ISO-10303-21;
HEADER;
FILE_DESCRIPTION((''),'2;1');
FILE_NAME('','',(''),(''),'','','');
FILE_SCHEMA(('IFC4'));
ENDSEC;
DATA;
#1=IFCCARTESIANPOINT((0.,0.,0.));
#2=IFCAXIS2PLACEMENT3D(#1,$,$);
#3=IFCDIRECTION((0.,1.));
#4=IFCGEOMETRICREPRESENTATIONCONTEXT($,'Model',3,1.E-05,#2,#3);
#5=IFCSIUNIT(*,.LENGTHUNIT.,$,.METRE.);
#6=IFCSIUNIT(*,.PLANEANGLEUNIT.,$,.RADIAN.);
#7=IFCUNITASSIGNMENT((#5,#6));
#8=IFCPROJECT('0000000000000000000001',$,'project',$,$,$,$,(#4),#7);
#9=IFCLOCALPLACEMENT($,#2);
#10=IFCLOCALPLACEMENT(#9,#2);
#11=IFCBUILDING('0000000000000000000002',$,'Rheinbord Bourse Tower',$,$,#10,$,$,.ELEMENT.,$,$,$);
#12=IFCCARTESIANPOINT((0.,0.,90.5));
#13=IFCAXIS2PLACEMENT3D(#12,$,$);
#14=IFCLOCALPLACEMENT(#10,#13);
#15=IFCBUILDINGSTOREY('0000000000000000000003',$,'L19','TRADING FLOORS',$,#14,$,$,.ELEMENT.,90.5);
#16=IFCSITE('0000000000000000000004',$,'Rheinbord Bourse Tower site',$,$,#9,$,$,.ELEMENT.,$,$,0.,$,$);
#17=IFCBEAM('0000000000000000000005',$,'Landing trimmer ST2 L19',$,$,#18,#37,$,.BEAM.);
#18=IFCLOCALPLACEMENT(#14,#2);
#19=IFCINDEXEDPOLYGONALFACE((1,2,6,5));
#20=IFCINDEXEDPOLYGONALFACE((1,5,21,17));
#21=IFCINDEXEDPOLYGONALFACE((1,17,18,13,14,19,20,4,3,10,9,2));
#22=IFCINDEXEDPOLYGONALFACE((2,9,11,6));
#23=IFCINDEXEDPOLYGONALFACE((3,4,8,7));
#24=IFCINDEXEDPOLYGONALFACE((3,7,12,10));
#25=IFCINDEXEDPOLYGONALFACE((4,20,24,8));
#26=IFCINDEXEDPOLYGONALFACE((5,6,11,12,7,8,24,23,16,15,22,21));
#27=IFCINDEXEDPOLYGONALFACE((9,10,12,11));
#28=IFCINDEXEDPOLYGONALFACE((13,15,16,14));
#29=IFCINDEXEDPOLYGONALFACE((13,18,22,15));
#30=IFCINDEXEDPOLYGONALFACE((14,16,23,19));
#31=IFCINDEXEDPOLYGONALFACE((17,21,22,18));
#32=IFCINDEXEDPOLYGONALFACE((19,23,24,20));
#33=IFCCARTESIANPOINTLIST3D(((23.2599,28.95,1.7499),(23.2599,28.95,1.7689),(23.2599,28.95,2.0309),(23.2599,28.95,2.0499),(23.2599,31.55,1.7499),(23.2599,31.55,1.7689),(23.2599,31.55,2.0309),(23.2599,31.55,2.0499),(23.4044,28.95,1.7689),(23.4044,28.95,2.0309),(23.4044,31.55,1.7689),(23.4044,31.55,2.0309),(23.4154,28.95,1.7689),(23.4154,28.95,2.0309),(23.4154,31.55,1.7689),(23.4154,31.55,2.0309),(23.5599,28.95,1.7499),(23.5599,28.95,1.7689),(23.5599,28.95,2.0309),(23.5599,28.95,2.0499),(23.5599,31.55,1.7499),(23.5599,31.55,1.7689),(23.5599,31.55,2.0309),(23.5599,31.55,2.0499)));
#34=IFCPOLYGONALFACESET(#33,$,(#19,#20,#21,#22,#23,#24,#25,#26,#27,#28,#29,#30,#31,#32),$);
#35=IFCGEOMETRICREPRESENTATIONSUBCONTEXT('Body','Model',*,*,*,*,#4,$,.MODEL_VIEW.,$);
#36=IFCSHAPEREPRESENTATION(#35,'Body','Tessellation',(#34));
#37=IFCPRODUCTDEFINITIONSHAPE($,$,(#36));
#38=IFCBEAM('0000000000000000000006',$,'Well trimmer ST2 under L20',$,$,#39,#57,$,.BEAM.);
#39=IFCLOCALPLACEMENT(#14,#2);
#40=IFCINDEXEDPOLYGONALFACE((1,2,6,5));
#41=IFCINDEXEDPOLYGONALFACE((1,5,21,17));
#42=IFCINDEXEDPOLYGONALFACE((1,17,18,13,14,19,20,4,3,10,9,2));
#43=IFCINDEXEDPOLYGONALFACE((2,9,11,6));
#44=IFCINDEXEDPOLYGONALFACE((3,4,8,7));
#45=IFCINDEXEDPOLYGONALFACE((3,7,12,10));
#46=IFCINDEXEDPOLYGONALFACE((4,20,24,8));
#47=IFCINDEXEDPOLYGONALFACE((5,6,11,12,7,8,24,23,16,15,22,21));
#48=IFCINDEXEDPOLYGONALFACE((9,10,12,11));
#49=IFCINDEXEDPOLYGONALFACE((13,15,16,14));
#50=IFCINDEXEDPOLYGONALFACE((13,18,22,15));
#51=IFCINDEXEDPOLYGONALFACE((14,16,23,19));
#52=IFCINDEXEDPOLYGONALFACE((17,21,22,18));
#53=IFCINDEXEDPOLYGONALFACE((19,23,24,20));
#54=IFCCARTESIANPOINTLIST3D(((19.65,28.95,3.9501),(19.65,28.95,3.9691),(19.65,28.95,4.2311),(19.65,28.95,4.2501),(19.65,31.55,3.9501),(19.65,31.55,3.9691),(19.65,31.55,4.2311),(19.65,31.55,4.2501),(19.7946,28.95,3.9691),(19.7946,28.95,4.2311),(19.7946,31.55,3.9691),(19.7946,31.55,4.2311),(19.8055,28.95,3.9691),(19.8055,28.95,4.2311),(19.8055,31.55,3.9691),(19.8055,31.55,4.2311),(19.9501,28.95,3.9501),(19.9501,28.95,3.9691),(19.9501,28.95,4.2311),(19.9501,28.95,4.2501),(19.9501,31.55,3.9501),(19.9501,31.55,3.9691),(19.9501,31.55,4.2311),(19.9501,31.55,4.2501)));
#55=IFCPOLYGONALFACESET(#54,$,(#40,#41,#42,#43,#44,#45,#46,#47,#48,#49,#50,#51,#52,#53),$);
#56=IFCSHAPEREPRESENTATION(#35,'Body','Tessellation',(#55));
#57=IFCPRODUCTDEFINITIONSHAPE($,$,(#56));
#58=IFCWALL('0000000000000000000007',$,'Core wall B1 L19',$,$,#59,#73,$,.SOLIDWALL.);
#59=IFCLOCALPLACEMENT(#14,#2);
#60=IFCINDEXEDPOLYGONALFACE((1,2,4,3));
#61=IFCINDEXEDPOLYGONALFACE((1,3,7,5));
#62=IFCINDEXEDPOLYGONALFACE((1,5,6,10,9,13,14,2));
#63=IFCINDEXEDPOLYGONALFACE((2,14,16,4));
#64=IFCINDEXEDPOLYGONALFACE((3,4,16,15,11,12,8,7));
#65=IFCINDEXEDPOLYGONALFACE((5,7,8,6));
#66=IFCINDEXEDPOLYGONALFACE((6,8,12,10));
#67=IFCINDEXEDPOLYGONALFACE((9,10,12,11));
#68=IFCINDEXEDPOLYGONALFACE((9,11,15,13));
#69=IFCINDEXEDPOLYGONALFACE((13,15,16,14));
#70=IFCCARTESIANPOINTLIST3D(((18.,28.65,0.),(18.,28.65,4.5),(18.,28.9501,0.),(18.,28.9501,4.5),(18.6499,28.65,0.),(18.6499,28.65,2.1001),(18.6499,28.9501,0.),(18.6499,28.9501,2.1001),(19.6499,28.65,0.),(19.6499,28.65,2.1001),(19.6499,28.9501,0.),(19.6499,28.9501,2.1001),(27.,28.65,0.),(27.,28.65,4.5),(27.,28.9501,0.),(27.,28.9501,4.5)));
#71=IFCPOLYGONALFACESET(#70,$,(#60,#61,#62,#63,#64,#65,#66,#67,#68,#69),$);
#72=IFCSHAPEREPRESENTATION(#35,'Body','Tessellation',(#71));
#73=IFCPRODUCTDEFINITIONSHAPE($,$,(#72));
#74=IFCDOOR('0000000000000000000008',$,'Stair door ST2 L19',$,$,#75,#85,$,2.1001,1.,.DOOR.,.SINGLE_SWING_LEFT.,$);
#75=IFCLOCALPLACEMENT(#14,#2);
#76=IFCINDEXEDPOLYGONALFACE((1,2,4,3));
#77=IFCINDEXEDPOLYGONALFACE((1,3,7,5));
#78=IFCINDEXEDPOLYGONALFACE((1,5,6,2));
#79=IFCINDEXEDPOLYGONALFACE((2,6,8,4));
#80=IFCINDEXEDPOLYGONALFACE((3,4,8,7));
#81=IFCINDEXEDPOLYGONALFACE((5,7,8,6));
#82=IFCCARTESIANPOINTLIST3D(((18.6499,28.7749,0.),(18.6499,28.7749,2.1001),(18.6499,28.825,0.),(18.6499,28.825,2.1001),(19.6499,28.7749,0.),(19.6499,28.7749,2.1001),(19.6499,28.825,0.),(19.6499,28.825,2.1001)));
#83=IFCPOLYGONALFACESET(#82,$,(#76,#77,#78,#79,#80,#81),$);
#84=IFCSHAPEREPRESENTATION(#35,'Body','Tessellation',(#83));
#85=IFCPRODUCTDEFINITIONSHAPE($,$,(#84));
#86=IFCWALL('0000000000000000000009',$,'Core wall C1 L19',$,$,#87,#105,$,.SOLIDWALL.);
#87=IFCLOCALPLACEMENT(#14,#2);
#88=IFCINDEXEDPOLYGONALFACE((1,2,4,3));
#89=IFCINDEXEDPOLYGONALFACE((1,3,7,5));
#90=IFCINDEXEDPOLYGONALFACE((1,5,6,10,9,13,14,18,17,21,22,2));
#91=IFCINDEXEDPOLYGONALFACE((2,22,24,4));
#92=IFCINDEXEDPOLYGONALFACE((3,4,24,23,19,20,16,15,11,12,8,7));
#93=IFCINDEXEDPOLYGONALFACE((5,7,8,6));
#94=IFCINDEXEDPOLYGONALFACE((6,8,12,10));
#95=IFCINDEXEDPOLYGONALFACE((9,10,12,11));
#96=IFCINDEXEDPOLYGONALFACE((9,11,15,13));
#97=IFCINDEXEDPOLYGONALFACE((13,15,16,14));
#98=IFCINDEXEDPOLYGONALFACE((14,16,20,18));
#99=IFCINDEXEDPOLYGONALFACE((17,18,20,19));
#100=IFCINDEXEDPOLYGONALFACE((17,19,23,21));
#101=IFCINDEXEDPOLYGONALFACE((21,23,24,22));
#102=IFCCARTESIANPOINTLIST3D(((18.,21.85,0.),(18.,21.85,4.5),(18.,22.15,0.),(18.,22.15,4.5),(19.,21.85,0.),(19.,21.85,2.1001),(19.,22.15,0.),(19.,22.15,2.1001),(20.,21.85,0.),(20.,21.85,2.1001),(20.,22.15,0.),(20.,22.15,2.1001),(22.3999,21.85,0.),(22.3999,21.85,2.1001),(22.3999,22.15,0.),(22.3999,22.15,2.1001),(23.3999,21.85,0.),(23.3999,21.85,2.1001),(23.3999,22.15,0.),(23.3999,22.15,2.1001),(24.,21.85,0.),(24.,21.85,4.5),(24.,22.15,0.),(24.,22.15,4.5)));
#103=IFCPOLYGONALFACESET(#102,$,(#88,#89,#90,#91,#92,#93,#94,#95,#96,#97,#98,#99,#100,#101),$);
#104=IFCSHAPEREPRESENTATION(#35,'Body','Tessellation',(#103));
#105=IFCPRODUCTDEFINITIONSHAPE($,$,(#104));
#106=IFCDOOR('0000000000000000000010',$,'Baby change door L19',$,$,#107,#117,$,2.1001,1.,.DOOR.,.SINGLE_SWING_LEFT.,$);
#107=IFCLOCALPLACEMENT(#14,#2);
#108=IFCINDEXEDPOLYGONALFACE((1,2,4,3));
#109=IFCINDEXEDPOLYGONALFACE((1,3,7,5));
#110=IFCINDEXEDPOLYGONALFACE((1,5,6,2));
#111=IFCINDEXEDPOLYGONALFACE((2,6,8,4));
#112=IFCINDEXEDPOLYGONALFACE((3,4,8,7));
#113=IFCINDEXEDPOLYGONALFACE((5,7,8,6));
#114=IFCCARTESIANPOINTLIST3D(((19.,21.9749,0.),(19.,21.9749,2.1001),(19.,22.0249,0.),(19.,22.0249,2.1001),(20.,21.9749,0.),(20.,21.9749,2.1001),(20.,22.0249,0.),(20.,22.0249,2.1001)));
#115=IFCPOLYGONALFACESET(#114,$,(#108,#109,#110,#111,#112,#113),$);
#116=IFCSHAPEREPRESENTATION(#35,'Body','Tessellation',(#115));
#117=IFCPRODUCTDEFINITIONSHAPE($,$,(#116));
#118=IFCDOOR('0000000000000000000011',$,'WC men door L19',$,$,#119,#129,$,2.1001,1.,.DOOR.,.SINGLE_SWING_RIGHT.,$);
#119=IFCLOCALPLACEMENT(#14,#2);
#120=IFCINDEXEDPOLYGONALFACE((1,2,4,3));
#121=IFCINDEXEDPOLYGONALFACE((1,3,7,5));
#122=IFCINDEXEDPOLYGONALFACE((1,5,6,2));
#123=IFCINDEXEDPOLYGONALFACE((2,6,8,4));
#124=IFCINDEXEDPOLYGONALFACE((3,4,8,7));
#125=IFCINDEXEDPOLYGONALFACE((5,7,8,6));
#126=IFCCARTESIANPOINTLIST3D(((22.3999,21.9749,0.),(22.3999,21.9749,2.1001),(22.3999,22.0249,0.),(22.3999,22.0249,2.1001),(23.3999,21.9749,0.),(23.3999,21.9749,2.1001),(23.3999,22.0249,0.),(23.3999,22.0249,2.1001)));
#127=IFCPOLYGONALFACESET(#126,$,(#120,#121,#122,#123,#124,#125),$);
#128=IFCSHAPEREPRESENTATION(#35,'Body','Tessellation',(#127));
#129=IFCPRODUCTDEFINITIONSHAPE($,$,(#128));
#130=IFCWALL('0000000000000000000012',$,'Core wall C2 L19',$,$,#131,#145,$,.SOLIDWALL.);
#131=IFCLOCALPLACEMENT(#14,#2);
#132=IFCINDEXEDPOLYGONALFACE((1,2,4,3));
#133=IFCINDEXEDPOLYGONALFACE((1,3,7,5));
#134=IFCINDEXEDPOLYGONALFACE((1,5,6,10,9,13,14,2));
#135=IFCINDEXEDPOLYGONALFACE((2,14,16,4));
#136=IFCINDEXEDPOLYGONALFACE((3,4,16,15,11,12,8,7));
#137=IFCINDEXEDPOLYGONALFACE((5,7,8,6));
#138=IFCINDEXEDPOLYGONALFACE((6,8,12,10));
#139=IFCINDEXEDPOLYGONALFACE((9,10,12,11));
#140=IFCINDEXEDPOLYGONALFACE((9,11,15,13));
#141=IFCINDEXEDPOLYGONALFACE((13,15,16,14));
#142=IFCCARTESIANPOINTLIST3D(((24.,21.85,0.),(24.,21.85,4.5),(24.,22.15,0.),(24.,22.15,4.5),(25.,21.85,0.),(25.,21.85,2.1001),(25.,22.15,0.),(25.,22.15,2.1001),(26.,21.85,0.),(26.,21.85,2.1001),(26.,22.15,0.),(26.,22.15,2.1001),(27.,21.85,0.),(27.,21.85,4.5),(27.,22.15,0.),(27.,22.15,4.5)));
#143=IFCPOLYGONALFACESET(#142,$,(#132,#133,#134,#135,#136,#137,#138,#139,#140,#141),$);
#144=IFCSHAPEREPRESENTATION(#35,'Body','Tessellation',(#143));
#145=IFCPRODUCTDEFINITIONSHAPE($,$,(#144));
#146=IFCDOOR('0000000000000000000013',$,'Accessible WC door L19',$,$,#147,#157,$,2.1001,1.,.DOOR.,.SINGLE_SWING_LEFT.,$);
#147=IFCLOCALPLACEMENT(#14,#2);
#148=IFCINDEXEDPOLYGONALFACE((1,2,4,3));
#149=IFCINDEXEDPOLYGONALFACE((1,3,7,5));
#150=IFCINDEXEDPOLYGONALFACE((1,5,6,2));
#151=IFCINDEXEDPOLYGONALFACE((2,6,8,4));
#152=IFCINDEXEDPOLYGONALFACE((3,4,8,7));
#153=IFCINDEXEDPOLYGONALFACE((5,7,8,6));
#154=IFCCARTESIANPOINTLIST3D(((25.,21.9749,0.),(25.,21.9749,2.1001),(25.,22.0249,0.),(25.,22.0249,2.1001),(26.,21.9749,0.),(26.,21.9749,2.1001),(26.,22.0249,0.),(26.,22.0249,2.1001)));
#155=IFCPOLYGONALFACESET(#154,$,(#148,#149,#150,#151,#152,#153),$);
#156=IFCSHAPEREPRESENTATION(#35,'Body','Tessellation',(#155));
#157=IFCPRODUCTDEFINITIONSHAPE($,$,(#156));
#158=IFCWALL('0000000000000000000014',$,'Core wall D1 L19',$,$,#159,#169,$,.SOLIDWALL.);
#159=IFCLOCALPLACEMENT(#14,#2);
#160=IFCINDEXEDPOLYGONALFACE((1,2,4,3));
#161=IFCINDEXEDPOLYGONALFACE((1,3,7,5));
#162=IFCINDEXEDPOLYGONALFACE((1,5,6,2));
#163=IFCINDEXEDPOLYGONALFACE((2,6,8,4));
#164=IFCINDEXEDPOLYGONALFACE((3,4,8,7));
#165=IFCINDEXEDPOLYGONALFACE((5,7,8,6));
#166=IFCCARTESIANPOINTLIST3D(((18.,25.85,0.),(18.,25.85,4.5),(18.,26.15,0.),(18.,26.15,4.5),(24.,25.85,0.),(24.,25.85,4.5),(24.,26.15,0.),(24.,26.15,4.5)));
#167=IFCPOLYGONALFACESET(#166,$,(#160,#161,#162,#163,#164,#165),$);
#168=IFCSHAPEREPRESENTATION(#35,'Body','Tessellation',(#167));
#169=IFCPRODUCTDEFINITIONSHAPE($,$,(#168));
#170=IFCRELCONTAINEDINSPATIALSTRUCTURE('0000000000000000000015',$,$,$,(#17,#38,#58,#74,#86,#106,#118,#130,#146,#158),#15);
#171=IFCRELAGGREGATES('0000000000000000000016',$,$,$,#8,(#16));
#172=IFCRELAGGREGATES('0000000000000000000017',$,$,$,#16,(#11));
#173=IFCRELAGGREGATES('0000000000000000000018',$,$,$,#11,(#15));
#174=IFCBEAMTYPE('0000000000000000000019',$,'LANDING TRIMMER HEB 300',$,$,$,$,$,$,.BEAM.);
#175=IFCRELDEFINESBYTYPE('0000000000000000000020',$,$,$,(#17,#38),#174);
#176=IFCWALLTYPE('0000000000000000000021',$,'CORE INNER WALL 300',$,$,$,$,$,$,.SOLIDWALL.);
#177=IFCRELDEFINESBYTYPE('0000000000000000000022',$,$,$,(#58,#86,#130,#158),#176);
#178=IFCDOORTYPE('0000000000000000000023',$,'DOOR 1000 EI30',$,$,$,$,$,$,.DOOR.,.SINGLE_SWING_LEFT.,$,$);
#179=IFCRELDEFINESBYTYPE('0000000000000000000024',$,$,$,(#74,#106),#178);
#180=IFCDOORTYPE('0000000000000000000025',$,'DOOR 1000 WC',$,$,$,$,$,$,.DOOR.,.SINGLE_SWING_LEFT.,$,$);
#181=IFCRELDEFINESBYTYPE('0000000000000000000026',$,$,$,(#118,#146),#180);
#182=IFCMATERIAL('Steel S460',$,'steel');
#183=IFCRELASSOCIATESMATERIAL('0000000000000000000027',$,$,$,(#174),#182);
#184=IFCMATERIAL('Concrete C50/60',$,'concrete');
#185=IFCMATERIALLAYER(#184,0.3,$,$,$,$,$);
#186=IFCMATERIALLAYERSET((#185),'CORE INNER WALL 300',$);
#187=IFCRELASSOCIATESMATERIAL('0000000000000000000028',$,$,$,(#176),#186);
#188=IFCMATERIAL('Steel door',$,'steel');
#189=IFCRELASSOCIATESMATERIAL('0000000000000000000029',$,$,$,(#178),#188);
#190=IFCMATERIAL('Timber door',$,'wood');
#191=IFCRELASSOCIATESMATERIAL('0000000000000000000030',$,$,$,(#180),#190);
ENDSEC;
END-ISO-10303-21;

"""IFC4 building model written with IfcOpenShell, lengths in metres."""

from ifc_helpers import new_model, si_unit, direction, frame, frame_2d, origin, origin_2d, place, context, subcontext, project, spatial, rectangle, i_section, extrude, material, layer, layer_set, material_profile, profile_set, type_object, element, fill, save


model = new_model("IFC4")

# Units and contexts
model_context = context("Model", 3, precision=1e-05, world=origin(), true_north=direction((0.0, 1.0)))
body_context = subcontext(model_context, "Body", "Model", "MODEL_VIEW")
ifc_project = project(units=[si_unit("LENGTHUNIT", "METRE"), si_unit("PLANEANGLEUNIT", "RADIAN")], contexts=[model_context])

# Site, building, storey
site_placement = place(None, origin())
site = spatial("IfcSite", under=ifc_project, at=site_placement, Name="Rheinbord Bourse Tower site", CompositionType="ELEMENT", RefElevation=0.0)
building_placement = place(site_placement, origin())
building = spatial("IfcBuilding", under=site, at=building_placement, Name="Rheinbord Bourse Tower", CompositionType="ELEMENT")
storey_placement = place(building_placement, frame((0.0, 0.0, 90.5)))
storey = spatial("IfcBuildingStorey", under=building, at=storey_placement, Name="L19", Description="TRADING FLOORS", CompositionType="ELEMENT", Elevation=90.5)

# Beams
ifc_material_1 = material(Name="Steel S460", Category="steel")
ifc_material_profile = material_profile(ifc_material_1, i_section(OverallWidth=0.3, OverallDepth=0.3, WebThickness=0.011, FlangeThickness=0.019, at=origin_2d()), Name="HEB 300")
ifc_profile_set = profile_set([ifc_material_profile], Name="Steel S460")
beam_type = type_object("IfcBeamType", Name="LANDING TRIMMER HEB 300", PredefinedType="BEAM", material=ifc_profile_set)
for number, where, z_axis, x_axis, name in (
    (1, (23.4099, 28.95, 1.8999), (0.0, 1.0, 0.0), (-1.0, 0.0, 0.0), "Landing trimmer ST2 L19"),
    (2, (19.8, 28.95, 4.1001), (0.0, 1.0, 0.0), (-1.0, 0.0, 0.0), "Well trimmer ST2 under L20"),
):
    element("IfcBeam", number, at=place(storey_placement, frame(where, z_axis=z_axis, x_axis=x_axis)), inside=storey, type_object=beam_type, Name=name, PredefinedType="BEAM", context=body_context, shape_type="SweptSolid", body=[
        extrude(i_section(OverallWidth=0.3, OverallDepth=0.3, WebThickness=0.011, FlangeThickness=0.019, at=origin_2d()), origin(), (0.0, 0.0, 1.0), 2.6001),
    ])

# Wall, opening, door
ifc_material_2 = material(Name="Concrete C50/60", Category="concrete")
ifc_layer_1 = layer(ifc_material_2, 0.3)
ifc_layer_set_1 = layer_set([ifc_layer_1], Name="CORE INNER WALL 300")
wall_type_1 = type_object("IfcWallType", Name="CORE INNER WALL 300", PredefinedType="SOLIDWALL", material=ifc_layer_set_1)
wall_1_placement = place(storey_placement, frame((18.0, 28.8, 0.0), z_axis=(0.0, 0.0, 1.0), x_axis=(1.0, 0.0, 0.0)))
wall_1 = element("IfcWall", 3, at=wall_1_placement, inside=storey, type_object=wall_type_1, Name="Core wall B1 L19", PredefinedType="SOLIDWALL", context=body_context, shape_type="SweptSolid", body=[
    extrude(rectangle(XDim=9.0, YDim=0.3, at=frame_2d((4.5, 0.0))), origin(), (0.0, 0.0, 1.0), 4.5),
])
opening_1_placement = place(wall_1_placement, frame((0.6499, 0.0, 0.0)))
opening_1 = element("IfcOpeningElement", 4, at=opening_1_placement, cuts=wall_1, PredefinedType="OPENING", context=body_context, shape_type="SweptSolid", body=[
    extrude(rectangle(XDim=1.0, YDim=2.1001, at=frame_2d((0.5, 1.05))), frame((0.0, 0.1599, 0.0), z_axis=(0.0, -1.0, 0.0), x_axis=(1.0, 0.0, 0.0)), (0.0, 0.0, 1.0), 0.3201),
])
ifc_material_3 = material(Name="Steel door", Category="steel")
door_type_1 = type_object("IfcDoorType", Name="DOOR 1000 EI30", OperationType="SINGLE_SWING_LEFT", PredefinedType="DOOR", material=ifc_material_3)
door_1_placement = place(opening_1_placement, origin())
door_1 = element("IfcDoor", 5, at=door_1_placement, inside=storey, type_object=door_type_1, Name="Stair door ST2 L19", OperationType="SINGLE_SWING_LEFT", OverallHeight=2.1001, OverallWidth=1.0, PredefinedType="DOOR", context=body_context, shape_type="SweptSolid", body=[
    extrude(rectangle(XDim=1.0, YDim=2.1001, at=frame_2d((0.5, 1.05))), frame((0.0, 0.0249, 0.0), z_axis=(0.0, -1.0, 0.0), x_axis=(1.0, 0.0, 0.0)), (0.0, 0.0, 1.0), 0.05),
])
fill(opening_1, door_1)

# Wall, openings, doors
wall_2_placement = place(storey_placement, frame((18.0, 22.0, 0.0), z_axis=(0.0, 0.0, 1.0), x_axis=(1.0, 0.0, 0.0)))
wall_2 = element("IfcWall", 6, at=wall_2_placement, inside=storey, type_object=wall_type_1, Name="Core wall C1 L19", PredefinedType="SOLIDWALL", context=body_context, shape_type="SweptSolid", body=[
    extrude(rectangle(XDim=6.0, YDim=0.3, at=frame_2d((3.0, 0.0))), origin(), (0.0, 0.0, 1.0), 4.5),
])
opening_2_placement = place(wall_2_placement, frame((4.3999, 0.0, 0.0)))
opening_2 = element("IfcOpeningElement", 7, at=opening_2_placement, cuts=wall_2, PredefinedType="OPENING", context=body_context, shape_type="SweptSolid", body=[
    extrude(rectangle(XDim=1.0, YDim=2.1001, at=frame_2d((0.5, 1.05))), frame((0.0, 0.1599, 0.0), z_axis=(0.0, -1.0, 0.0), x_axis=(1.0, 0.0, 0.0)), (0.0, 0.0, 1.0), 0.3201),
])
opening_3_placement = place(wall_2_placement, frame((1.0, 0.0, 0.0)))
opening_3 = element("IfcOpeningElement", 8, at=opening_3_placement, cuts=wall_2, PredefinedType="OPENING", context=body_context, shape_type="SweptSolid", body=[
    extrude(rectangle(XDim=1.0, YDim=2.1001, at=frame_2d((0.5, 1.05))), frame((0.0, 0.1599, 0.0), z_axis=(0.0, -1.0, 0.0), x_axis=(1.0, 0.0, 0.0)), (0.0, 0.0, 1.0), 0.3201),
])
door_2_placement = place(opening_3_placement, origin())
door_2 = element("IfcDoor", 9, at=door_2_placement, inside=storey, type_object=door_type_1, Name="Baby change door L19", OperationType="SINGLE_SWING_LEFT", OverallHeight=2.1001, OverallWidth=1.0, PredefinedType="DOOR", context=body_context, shape_type="SweptSolid", body=[
    extrude(rectangle(XDim=1.0, YDim=2.1001, at=frame_2d((0.5, 1.05))), frame((0.0, 0.0249, 0.0), z_axis=(0.0, -1.0, 0.0), x_axis=(1.0, 0.0, 0.0)), (0.0, 0.0, 1.0), 0.05),
])
fill(opening_3, door_2)
ifc_material_4 = material(Name="Timber door", Category="wood")
door_type_2 = type_object("IfcDoorType", Name="DOOR 1000 WC", OperationType="SINGLE_SWING_LEFT", PredefinedType="DOOR", material=ifc_material_4)
door_3_placement = place(opening_2_placement, origin())
door_3 = element("IfcDoor", 10, at=door_3_placement, inside=storey, type_object=door_type_2, Name="WC men door L19", OperationType="SINGLE_SWING_RIGHT", OverallHeight=2.1001, OverallWidth=1.0, PredefinedType="DOOR", context=body_context, shape_type="SweptSolid", body=[
    extrude(rectangle(XDim=1.0, YDim=2.1001, at=frame_2d((0.5, 1.05))), frame((0.0, 0.0249, 0.0), z_axis=(0.0, -1.0, 0.0), x_axis=(1.0, 0.0, 0.0)), (0.0, 0.0, 1.0), 0.05),
])
fill(opening_2, door_3)

# Wall, opening, door
wall_3_placement = place(storey_placement, frame((24.0, 22.0, 0.0), z_axis=(0.0, 0.0, 1.0), x_axis=(1.0, 0.0, 0.0)))
wall_3 = element("IfcWall", 11, at=wall_3_placement, inside=storey, type_object=wall_type_1, Name="Core wall C2 L19", PredefinedType="SOLIDWALL", context=body_context, shape_type="SweptSolid", body=[
    extrude(rectangle(XDim=3.0, YDim=0.3, at=frame_2d((1.5, 0.0))), origin(), (0.0, 0.0, 1.0), 4.5),
])
opening_4_placement = place(wall_3_placement, frame((1.0, 0.0, 0.0)))
opening_4 = element("IfcOpeningElement", 12, at=opening_4_placement, cuts=wall_3, PredefinedType="OPENING", context=body_context, shape_type="SweptSolid", body=[
    extrude(rectangle(XDim=1.0, YDim=2.1001, at=frame_2d((0.5, 1.05))), frame((0.0, 0.1599, 0.0), z_axis=(0.0, -1.0, 0.0), x_axis=(1.0, 0.0, 0.0)), (0.0, 0.0, 1.0), 0.3201),
])
door_4_placement = place(opening_4_placement, origin())
door_4 = element("IfcDoor", 13, at=door_4_placement, inside=storey, type_object=door_type_2, Name="Accessible WC door L19", OperationType="SINGLE_SWING_LEFT", OverallHeight=2.1001, OverallWidth=1.0, PredefinedType="DOOR", context=body_context, shape_type="SweptSolid", body=[
    extrude(rectangle(XDim=1.0, YDim=2.1001, at=frame_2d((0.5, 1.05))), frame((0.0, 0.0249, 0.0), z_axis=(0.0, -1.0, 0.0), x_axis=(1.0, 0.0, 0.0)), (0.0, 0.0, 1.0), 0.05),
])
fill(opening_4, door_4)

# Wall
wall_4_placement = place(storey_placement, frame((18.0, 26.0, 0.0), z_axis=(0.0, 0.0, 1.0), x_axis=(1.0, 0.0, 0.0)))
element("IfcWall", 14, at=wall_4_placement, inside=storey, type_object=wall_type_1, Name="Core wall D1 L19", PredefinedType="SOLIDWALL", context=body_context, shape_type="SweptSolid", body=[
    extrude(rectangle(XDim=6.0, YDim=0.3, at=frame_2d((3.0, 0.0))), origin(), (0.0, 0.0, 1.0), 4.5),
])

save(model, "model.ifc")
